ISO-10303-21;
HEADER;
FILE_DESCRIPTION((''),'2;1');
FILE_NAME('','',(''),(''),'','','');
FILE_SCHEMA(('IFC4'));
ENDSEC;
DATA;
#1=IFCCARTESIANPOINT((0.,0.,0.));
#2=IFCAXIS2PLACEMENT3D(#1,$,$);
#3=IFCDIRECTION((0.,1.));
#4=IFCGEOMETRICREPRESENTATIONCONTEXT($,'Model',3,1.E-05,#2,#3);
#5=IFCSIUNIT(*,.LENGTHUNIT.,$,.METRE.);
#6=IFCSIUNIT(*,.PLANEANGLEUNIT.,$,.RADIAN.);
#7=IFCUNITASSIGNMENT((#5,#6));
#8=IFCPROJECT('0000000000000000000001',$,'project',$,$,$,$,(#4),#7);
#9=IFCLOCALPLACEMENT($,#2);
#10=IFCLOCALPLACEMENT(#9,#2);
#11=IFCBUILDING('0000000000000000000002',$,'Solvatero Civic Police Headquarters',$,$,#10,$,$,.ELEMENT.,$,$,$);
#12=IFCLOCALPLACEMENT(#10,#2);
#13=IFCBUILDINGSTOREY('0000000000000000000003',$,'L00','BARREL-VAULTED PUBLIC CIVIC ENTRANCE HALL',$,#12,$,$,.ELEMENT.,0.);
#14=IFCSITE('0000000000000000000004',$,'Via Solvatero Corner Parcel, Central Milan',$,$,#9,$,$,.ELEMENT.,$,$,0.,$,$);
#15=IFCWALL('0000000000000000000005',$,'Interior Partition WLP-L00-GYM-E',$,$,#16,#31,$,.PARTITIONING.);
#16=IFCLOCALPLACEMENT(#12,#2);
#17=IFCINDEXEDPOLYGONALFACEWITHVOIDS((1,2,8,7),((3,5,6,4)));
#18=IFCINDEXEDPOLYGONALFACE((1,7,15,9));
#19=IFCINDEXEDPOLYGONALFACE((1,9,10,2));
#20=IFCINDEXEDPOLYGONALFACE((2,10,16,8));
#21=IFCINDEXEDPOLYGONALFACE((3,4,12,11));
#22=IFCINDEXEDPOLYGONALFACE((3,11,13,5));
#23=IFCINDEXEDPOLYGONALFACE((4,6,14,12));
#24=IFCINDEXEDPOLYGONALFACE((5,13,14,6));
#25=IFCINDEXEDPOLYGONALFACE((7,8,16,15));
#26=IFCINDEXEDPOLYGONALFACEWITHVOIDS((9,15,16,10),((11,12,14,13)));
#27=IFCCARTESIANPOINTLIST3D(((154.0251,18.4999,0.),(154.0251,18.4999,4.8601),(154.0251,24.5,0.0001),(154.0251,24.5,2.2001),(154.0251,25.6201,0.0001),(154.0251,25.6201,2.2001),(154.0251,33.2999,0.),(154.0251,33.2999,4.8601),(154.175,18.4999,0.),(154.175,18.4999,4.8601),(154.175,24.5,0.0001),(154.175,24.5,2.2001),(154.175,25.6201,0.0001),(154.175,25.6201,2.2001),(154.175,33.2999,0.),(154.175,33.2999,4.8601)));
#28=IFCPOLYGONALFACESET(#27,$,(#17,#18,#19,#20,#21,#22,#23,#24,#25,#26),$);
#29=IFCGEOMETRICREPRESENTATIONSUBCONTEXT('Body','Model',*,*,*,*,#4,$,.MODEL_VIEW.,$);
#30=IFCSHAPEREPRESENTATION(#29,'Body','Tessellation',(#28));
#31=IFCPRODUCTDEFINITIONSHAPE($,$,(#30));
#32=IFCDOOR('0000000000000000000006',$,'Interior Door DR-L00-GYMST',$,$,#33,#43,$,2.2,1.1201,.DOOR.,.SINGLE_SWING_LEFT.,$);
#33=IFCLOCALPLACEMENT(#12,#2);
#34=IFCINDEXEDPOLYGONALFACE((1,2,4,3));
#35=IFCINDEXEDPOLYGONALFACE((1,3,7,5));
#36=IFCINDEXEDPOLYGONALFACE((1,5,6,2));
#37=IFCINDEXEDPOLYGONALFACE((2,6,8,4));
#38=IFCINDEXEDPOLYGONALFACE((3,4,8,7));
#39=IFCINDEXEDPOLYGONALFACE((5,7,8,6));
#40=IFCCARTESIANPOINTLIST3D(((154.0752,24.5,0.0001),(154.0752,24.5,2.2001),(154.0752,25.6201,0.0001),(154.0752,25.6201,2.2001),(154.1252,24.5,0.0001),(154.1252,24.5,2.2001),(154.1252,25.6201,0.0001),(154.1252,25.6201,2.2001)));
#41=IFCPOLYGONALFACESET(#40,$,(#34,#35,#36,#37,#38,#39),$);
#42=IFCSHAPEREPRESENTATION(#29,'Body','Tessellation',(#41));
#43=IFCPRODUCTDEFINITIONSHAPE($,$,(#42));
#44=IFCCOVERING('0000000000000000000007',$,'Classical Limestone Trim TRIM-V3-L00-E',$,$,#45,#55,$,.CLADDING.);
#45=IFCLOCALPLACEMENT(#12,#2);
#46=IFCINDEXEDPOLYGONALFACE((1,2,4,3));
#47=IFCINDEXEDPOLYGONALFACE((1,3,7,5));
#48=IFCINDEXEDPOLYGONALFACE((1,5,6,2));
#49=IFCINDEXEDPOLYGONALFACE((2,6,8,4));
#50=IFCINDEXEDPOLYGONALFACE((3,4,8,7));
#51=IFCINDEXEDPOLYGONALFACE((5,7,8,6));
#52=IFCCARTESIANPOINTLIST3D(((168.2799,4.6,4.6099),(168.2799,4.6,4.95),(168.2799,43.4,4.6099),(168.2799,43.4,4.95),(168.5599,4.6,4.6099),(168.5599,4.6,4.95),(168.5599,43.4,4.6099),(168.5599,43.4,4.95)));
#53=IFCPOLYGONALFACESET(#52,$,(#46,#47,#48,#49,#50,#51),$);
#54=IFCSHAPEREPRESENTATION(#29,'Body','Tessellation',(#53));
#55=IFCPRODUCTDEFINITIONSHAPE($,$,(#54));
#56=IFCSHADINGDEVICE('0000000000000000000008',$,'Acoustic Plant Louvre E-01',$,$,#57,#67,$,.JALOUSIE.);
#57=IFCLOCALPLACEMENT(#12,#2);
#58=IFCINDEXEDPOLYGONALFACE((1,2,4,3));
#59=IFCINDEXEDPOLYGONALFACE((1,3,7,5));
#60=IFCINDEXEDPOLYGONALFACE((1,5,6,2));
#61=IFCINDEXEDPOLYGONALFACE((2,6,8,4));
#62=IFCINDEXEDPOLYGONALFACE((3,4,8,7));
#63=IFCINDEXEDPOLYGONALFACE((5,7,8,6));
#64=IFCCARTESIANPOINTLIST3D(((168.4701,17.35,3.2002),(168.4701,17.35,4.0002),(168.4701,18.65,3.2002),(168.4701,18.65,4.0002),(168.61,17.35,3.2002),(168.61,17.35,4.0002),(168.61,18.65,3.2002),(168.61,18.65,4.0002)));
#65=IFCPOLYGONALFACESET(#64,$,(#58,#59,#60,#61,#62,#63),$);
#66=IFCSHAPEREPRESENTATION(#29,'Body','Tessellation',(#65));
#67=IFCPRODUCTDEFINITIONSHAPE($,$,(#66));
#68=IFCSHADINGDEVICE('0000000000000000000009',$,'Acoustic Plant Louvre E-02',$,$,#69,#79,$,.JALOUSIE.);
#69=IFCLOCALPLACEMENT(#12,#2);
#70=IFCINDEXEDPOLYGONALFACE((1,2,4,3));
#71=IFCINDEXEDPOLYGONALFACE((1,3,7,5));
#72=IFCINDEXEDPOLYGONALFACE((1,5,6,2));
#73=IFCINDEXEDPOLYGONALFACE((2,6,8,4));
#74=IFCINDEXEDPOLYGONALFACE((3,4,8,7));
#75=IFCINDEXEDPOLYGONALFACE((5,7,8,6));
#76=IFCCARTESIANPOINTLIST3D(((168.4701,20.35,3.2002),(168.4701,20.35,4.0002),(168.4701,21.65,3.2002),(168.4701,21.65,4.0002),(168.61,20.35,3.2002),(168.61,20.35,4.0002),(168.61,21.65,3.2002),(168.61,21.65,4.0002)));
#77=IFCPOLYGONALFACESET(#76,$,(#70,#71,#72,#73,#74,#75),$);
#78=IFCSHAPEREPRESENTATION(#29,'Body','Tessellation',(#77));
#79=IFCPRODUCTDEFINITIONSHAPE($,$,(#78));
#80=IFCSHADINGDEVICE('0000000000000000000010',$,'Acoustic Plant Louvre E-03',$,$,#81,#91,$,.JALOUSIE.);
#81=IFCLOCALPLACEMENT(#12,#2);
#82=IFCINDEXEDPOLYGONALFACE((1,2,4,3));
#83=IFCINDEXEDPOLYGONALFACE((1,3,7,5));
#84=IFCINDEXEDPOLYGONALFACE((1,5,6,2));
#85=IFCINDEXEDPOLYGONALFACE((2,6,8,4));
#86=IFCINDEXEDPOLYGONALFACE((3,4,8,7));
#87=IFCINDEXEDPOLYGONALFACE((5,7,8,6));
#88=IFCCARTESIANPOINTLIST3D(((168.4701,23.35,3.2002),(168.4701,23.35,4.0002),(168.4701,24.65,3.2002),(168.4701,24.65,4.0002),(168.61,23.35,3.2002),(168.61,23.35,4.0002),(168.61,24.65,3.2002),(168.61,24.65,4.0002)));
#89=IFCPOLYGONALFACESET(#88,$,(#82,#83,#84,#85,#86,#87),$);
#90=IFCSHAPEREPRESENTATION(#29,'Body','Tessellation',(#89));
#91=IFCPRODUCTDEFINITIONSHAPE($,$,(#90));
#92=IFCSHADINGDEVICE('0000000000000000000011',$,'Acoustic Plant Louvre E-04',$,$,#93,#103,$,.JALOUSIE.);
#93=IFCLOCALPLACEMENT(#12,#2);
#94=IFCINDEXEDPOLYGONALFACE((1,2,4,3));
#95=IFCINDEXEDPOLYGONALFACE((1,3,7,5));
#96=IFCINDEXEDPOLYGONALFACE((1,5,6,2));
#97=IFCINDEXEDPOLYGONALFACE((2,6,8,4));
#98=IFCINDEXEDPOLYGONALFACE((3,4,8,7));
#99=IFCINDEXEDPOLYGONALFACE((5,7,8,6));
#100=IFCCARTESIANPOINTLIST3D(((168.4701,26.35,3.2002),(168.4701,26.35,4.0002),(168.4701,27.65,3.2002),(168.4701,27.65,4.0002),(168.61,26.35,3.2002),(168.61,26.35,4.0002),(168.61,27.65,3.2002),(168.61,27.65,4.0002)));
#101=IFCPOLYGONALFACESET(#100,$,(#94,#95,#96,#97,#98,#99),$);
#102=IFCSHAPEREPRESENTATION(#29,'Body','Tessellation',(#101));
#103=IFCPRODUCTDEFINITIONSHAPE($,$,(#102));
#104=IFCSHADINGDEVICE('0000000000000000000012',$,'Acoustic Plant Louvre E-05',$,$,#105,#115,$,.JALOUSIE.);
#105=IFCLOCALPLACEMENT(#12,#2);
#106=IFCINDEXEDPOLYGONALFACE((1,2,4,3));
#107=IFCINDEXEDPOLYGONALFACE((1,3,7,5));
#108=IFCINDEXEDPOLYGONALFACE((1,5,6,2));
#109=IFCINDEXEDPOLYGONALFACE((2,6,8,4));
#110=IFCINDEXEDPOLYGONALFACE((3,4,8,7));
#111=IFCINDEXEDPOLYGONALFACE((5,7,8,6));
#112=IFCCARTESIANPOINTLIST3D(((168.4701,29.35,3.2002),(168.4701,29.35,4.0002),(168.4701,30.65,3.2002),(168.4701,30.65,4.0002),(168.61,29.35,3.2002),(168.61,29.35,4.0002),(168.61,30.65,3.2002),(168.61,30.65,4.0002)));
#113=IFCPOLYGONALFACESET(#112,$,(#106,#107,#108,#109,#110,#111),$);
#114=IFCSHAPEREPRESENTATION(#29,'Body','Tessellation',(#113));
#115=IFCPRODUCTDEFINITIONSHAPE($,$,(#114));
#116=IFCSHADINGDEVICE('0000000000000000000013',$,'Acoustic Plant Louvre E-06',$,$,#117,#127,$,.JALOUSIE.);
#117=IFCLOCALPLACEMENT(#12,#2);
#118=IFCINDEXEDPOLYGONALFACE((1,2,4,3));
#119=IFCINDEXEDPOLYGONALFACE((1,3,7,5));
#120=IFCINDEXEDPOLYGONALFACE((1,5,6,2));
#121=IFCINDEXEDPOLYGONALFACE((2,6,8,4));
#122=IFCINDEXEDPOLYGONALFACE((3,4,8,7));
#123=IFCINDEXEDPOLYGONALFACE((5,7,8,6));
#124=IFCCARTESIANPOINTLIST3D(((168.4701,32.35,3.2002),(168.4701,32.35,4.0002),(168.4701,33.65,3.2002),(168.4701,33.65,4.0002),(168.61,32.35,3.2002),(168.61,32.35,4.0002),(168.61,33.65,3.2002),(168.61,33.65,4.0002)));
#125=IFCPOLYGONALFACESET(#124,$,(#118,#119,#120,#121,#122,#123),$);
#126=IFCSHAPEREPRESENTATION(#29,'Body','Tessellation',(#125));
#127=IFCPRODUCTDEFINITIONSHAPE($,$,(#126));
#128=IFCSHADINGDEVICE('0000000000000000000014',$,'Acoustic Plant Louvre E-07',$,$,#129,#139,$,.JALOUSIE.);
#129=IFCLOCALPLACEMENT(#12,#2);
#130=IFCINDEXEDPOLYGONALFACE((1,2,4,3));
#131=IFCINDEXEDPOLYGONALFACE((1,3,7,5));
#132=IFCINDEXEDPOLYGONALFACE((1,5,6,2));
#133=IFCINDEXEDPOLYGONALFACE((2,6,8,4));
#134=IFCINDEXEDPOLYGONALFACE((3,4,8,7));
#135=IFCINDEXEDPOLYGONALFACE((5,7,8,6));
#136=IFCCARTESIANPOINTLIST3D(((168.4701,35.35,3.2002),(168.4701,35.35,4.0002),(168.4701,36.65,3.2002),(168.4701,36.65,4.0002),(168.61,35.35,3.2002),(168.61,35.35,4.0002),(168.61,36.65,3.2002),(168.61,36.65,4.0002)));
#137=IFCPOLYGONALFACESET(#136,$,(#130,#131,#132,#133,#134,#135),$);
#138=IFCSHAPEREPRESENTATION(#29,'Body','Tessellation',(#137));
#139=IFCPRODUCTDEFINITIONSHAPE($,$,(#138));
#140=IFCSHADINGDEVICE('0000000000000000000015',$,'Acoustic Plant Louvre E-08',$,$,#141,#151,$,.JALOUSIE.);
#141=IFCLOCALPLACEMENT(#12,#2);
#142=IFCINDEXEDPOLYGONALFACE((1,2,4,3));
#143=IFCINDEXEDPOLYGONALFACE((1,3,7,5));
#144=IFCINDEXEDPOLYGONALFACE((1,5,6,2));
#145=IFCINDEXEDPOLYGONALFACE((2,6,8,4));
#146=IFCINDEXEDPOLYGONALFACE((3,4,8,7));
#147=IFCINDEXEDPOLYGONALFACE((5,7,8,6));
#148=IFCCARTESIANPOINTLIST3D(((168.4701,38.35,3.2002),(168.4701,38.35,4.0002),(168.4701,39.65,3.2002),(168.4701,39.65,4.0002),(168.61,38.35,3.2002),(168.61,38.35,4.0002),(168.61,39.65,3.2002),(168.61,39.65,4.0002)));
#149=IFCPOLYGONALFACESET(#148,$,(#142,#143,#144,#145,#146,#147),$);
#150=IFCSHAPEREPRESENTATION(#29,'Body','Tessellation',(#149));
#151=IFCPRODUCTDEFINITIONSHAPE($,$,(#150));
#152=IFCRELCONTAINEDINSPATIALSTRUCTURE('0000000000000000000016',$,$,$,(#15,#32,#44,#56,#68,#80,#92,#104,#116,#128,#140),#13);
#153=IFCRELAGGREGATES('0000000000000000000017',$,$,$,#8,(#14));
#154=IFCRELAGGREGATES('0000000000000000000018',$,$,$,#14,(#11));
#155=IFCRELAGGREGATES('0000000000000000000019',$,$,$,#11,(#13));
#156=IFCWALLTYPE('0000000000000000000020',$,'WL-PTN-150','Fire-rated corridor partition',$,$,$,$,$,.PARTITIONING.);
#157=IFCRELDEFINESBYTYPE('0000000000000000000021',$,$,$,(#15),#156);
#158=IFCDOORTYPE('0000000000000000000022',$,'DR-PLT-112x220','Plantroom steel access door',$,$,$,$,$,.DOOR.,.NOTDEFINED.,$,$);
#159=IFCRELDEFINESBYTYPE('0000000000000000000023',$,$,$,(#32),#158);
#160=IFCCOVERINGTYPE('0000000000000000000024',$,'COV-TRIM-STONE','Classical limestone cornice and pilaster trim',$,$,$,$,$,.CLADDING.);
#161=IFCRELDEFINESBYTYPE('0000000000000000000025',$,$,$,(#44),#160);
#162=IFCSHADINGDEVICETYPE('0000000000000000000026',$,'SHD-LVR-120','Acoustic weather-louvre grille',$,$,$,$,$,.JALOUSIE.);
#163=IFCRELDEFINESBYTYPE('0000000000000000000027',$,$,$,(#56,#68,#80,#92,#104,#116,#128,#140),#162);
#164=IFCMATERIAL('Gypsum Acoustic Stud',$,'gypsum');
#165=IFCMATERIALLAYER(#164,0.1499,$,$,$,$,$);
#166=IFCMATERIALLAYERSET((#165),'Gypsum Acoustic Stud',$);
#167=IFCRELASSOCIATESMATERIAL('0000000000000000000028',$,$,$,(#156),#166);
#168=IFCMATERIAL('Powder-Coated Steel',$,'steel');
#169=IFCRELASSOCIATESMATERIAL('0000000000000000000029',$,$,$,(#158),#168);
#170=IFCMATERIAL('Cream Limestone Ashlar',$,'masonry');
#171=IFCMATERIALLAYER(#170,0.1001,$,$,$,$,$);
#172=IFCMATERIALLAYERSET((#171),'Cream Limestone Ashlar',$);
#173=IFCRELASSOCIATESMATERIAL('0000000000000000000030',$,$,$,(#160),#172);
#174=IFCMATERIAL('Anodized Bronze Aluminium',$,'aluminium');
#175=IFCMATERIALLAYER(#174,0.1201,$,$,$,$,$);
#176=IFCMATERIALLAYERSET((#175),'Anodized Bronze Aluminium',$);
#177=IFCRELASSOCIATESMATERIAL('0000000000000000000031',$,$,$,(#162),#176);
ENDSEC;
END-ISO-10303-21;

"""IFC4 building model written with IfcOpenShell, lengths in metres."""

from ifc_helpers import new_model, si_unit, direction, frame, frame_2d, origin, origin_2d, place, context, subcontext, project, spatial, rectangle, extrude, material, layer, layer_set, type_object, element, fill, save


model = new_model("IFC4")

# Units and contexts
model_context = context("Model", 3, precision=1e-05, world=origin(), true_north=direction((0.0, 1.0)))
body_context = subcontext(model_context, "Body", "Model", "MODEL_VIEW")
ifc_project = project(units=[si_unit("LENGTHUNIT", "METRE"), si_unit("PLANEANGLEUNIT", "RADIAN")], contexts=[model_context])

# Site, building, storey
site_placement = place(None, origin())
site = spatial("IfcSite", under=ifc_project, at=site_placement, Name="Via Solvatero Corner Parcel, Central Milan", CompositionType="ELEMENT", RefElevation=0.0)
building_placement = place(site_placement, origin())
building = spatial("IfcBuilding", under=site, at=building_placement, Name="Solvatero Civic Police Headquarters", CompositionType="ELEMENT")
storey_placement = place(building_placement, origin())
storey = spatial("IfcBuildingStorey", under=building, at=storey_placement, Name="L00", Description="BARREL-VAULTED PUBLIC CIVIC ENTRANCE HALL", CompositionType="ELEMENT", Elevation=0.0)

# Wall, opening, door
ifc_material_1 = material(Name="Gypsum Acoustic Stud", Category="gypsum")
ifc_layer_1 = layer(ifc_material_1, 0.1499)
ifc_layer_set_1 = layer_set([ifc_layer_1], Name="Gypsum Acoustic Stud")
wall_type = type_object("IfcWallType", Name="WL-PTN-150", Description="Fire-rated corridor partition", PredefinedType="PARTITIONING", material=ifc_layer_set_1)
wall_placement = place(storey_placement, frame((154.1001, 18.5, 0.0), z_axis=(0.0, 0.0, 1.0), x_axis=(0.0, 1.0, 0.0)))
wall = element("IfcWall", 1, at=wall_placement, inside=storey, type_object=wall_type, Name="Interior Partition WLP-L00-GYM-E", PredefinedType="PARTITIONING", context=body_context, shape_type="SweptSolid", body=[
    extrude(rectangle(XDim=14.8, YDim=0.1499, at=frame_2d((7.3999, 0.0))), origin(), (0.0, 0.0, 1.0), 4.8601),
])
opening_placement = place(wall_placement, frame((6.0, 0.0, 0.0)))
opening = element("IfcOpeningElement", 2, at=opening_placement, cuts=wall, PredefinedType="OPENING", context=body_context, shape_type="SweptSolid", body=[
    extrude(rectangle(XDim=1.1201, YDim=2.2, at=frame_2d((0.5601, 1.1001))), frame((0.0, 0.085, 0.0), z_axis=(0.0, -1.0, 0.0), x_axis=(1.0, 0.0, 0.0)), (0.0, 0.0, 1.0), 0.1699),
])
ifc_material_2 = material(Name="Powder-Coated Steel", Category="steel")
door_type = type_object("IfcDoorType", Name="DR-PLT-112x220", Description="Plantroom steel access door", OperationType="NOTDEFINED", PredefinedType="DOOR", material=ifc_material_2)
door_placement = place(opening_placement, origin())
door = element("IfcDoor", 3, at=door_placement, inside=storey, type_object=door_type, Name="Interior Door DR-L00-GYMST", OperationType="SINGLE_SWING_LEFT", OverallHeight=2.2, OverallWidth=1.1201, PredefinedType="DOOR", context=body_context, shape_type="SweptSolid", body=[
    extrude(rectangle(XDim=1.1201, YDim=2.2, at=frame_2d((0.5601, 1.1001))), frame((0.0, 0.0249, 0.0), z_axis=(0.0, -1.0, 0.0), x_axis=(1.0, 0.0, 0.0)), (0.0, 0.0, 1.0), 0.05),
])
fill(opening, door)

# Covering
ifc_material_3 = material(Name="Cream Limestone Ashlar", Category="masonry")
ifc_layer_2 = layer(ifc_material_3, 0.1001)
ifc_layer_set_2 = layer_set([ifc_layer_2], Name="Cream Limestone Ashlar")
covering_type = type_object("IfcCoveringType", Name="COV-TRIM-STONE", Description="Classical limestone cornice and pilaster trim", PredefinedType="CLADDING", material=ifc_layer_set_2)
covering_placement = place(storey_placement, frame((168.4199, 24.0, 4.6099), z_axis=(0.0, 0.0, 1.0), x_axis=(1.0, 0.0, 0.0)))
element("IfcCovering", 4, at=covering_placement, inside=storey, type_object=covering_type, Name="Classical Limestone Trim TRIM-V3-L00-E", PredefinedType="CLADDING", context=body_context, shape_type="SweptSolid", body=[
    extrude(rectangle(XDim=0.28, YDim=38.8, at=origin_2d()), origin(), (0.0, 0.0, 1.0), 0.3401),
])

# Shading devices
ifc_material_4 = material(Name="Anodized Bronze Aluminium", Category="aluminium")
ifc_layer_3 = layer(ifc_material_4, 0.1201)
ifc_layer_set_3 = layer_set([ifc_layer_3], Name="Anodized Bronze Aluminium")
shading_device_type = type_object("IfcShadingDeviceType", Name="SHD-LVR-120", Description="Acoustic weather-louvre grille", PredefinedType="JALOUSIE", material=ifc_layer_set_3)
for number, where, z_axis, x_axis, name in (
    (5, (168.54, 18.0, 3.2002), (0.0, 0.0, 1.0), (1.0, 0.0, 0.0), "Acoustic Plant Louvre E-01"),
    (6, (168.54, 21.0, 3.2002), (0.0, 0.0, 1.0), (1.0, 0.0, 0.0), "Acoustic Plant Louvre E-02"),
    (7, (168.54, 24.0, 3.2002), (0.0, 0.0, 1.0), (1.0, 0.0, 0.0), "Acoustic Plant Louvre E-03"),
    (8, (168.54, 27.0, 3.2002), (0.0, 0.0, 1.0), (1.0, 0.0, 0.0), "Acoustic Plant Louvre E-04"),
    (9, (168.54, 30.0, 3.2002), (0.0, 0.0, 1.0), (1.0, 0.0, 0.0), "Acoustic Plant Louvre E-05"),
    (10, (168.54, 33.0, 3.2002), (0.0, 0.0, 1.0), (1.0, 0.0, 0.0), "Acoustic Plant Louvre E-06"),
    (11, (168.54, 36.0, 3.2002), (0.0, 0.0, 1.0), (1.0, 0.0, 0.0), "Acoustic Plant Louvre E-07"),
    (12, (168.54, 39.0, 3.2002), (0.0, 0.0, 1.0), (1.0, 0.0, 0.0), "Acoustic Plant Louvre E-08"),
):
    element("IfcShadingDevice", number, at=place(storey_placement, frame(where, z_axis=z_axis, x_axis=x_axis)), inside=storey, type_object=shading_device_type, Name=name, PredefinedType="JALOUSIE", context=body_context, shape_type="SweptSolid", body=[
        extrude(rectangle(XDim=0.1399, YDim=1.3, at=origin_2d()), origin(), (0.0, 0.0, 1.0), 0.8),
    ])

save(model, "model.ifc")
